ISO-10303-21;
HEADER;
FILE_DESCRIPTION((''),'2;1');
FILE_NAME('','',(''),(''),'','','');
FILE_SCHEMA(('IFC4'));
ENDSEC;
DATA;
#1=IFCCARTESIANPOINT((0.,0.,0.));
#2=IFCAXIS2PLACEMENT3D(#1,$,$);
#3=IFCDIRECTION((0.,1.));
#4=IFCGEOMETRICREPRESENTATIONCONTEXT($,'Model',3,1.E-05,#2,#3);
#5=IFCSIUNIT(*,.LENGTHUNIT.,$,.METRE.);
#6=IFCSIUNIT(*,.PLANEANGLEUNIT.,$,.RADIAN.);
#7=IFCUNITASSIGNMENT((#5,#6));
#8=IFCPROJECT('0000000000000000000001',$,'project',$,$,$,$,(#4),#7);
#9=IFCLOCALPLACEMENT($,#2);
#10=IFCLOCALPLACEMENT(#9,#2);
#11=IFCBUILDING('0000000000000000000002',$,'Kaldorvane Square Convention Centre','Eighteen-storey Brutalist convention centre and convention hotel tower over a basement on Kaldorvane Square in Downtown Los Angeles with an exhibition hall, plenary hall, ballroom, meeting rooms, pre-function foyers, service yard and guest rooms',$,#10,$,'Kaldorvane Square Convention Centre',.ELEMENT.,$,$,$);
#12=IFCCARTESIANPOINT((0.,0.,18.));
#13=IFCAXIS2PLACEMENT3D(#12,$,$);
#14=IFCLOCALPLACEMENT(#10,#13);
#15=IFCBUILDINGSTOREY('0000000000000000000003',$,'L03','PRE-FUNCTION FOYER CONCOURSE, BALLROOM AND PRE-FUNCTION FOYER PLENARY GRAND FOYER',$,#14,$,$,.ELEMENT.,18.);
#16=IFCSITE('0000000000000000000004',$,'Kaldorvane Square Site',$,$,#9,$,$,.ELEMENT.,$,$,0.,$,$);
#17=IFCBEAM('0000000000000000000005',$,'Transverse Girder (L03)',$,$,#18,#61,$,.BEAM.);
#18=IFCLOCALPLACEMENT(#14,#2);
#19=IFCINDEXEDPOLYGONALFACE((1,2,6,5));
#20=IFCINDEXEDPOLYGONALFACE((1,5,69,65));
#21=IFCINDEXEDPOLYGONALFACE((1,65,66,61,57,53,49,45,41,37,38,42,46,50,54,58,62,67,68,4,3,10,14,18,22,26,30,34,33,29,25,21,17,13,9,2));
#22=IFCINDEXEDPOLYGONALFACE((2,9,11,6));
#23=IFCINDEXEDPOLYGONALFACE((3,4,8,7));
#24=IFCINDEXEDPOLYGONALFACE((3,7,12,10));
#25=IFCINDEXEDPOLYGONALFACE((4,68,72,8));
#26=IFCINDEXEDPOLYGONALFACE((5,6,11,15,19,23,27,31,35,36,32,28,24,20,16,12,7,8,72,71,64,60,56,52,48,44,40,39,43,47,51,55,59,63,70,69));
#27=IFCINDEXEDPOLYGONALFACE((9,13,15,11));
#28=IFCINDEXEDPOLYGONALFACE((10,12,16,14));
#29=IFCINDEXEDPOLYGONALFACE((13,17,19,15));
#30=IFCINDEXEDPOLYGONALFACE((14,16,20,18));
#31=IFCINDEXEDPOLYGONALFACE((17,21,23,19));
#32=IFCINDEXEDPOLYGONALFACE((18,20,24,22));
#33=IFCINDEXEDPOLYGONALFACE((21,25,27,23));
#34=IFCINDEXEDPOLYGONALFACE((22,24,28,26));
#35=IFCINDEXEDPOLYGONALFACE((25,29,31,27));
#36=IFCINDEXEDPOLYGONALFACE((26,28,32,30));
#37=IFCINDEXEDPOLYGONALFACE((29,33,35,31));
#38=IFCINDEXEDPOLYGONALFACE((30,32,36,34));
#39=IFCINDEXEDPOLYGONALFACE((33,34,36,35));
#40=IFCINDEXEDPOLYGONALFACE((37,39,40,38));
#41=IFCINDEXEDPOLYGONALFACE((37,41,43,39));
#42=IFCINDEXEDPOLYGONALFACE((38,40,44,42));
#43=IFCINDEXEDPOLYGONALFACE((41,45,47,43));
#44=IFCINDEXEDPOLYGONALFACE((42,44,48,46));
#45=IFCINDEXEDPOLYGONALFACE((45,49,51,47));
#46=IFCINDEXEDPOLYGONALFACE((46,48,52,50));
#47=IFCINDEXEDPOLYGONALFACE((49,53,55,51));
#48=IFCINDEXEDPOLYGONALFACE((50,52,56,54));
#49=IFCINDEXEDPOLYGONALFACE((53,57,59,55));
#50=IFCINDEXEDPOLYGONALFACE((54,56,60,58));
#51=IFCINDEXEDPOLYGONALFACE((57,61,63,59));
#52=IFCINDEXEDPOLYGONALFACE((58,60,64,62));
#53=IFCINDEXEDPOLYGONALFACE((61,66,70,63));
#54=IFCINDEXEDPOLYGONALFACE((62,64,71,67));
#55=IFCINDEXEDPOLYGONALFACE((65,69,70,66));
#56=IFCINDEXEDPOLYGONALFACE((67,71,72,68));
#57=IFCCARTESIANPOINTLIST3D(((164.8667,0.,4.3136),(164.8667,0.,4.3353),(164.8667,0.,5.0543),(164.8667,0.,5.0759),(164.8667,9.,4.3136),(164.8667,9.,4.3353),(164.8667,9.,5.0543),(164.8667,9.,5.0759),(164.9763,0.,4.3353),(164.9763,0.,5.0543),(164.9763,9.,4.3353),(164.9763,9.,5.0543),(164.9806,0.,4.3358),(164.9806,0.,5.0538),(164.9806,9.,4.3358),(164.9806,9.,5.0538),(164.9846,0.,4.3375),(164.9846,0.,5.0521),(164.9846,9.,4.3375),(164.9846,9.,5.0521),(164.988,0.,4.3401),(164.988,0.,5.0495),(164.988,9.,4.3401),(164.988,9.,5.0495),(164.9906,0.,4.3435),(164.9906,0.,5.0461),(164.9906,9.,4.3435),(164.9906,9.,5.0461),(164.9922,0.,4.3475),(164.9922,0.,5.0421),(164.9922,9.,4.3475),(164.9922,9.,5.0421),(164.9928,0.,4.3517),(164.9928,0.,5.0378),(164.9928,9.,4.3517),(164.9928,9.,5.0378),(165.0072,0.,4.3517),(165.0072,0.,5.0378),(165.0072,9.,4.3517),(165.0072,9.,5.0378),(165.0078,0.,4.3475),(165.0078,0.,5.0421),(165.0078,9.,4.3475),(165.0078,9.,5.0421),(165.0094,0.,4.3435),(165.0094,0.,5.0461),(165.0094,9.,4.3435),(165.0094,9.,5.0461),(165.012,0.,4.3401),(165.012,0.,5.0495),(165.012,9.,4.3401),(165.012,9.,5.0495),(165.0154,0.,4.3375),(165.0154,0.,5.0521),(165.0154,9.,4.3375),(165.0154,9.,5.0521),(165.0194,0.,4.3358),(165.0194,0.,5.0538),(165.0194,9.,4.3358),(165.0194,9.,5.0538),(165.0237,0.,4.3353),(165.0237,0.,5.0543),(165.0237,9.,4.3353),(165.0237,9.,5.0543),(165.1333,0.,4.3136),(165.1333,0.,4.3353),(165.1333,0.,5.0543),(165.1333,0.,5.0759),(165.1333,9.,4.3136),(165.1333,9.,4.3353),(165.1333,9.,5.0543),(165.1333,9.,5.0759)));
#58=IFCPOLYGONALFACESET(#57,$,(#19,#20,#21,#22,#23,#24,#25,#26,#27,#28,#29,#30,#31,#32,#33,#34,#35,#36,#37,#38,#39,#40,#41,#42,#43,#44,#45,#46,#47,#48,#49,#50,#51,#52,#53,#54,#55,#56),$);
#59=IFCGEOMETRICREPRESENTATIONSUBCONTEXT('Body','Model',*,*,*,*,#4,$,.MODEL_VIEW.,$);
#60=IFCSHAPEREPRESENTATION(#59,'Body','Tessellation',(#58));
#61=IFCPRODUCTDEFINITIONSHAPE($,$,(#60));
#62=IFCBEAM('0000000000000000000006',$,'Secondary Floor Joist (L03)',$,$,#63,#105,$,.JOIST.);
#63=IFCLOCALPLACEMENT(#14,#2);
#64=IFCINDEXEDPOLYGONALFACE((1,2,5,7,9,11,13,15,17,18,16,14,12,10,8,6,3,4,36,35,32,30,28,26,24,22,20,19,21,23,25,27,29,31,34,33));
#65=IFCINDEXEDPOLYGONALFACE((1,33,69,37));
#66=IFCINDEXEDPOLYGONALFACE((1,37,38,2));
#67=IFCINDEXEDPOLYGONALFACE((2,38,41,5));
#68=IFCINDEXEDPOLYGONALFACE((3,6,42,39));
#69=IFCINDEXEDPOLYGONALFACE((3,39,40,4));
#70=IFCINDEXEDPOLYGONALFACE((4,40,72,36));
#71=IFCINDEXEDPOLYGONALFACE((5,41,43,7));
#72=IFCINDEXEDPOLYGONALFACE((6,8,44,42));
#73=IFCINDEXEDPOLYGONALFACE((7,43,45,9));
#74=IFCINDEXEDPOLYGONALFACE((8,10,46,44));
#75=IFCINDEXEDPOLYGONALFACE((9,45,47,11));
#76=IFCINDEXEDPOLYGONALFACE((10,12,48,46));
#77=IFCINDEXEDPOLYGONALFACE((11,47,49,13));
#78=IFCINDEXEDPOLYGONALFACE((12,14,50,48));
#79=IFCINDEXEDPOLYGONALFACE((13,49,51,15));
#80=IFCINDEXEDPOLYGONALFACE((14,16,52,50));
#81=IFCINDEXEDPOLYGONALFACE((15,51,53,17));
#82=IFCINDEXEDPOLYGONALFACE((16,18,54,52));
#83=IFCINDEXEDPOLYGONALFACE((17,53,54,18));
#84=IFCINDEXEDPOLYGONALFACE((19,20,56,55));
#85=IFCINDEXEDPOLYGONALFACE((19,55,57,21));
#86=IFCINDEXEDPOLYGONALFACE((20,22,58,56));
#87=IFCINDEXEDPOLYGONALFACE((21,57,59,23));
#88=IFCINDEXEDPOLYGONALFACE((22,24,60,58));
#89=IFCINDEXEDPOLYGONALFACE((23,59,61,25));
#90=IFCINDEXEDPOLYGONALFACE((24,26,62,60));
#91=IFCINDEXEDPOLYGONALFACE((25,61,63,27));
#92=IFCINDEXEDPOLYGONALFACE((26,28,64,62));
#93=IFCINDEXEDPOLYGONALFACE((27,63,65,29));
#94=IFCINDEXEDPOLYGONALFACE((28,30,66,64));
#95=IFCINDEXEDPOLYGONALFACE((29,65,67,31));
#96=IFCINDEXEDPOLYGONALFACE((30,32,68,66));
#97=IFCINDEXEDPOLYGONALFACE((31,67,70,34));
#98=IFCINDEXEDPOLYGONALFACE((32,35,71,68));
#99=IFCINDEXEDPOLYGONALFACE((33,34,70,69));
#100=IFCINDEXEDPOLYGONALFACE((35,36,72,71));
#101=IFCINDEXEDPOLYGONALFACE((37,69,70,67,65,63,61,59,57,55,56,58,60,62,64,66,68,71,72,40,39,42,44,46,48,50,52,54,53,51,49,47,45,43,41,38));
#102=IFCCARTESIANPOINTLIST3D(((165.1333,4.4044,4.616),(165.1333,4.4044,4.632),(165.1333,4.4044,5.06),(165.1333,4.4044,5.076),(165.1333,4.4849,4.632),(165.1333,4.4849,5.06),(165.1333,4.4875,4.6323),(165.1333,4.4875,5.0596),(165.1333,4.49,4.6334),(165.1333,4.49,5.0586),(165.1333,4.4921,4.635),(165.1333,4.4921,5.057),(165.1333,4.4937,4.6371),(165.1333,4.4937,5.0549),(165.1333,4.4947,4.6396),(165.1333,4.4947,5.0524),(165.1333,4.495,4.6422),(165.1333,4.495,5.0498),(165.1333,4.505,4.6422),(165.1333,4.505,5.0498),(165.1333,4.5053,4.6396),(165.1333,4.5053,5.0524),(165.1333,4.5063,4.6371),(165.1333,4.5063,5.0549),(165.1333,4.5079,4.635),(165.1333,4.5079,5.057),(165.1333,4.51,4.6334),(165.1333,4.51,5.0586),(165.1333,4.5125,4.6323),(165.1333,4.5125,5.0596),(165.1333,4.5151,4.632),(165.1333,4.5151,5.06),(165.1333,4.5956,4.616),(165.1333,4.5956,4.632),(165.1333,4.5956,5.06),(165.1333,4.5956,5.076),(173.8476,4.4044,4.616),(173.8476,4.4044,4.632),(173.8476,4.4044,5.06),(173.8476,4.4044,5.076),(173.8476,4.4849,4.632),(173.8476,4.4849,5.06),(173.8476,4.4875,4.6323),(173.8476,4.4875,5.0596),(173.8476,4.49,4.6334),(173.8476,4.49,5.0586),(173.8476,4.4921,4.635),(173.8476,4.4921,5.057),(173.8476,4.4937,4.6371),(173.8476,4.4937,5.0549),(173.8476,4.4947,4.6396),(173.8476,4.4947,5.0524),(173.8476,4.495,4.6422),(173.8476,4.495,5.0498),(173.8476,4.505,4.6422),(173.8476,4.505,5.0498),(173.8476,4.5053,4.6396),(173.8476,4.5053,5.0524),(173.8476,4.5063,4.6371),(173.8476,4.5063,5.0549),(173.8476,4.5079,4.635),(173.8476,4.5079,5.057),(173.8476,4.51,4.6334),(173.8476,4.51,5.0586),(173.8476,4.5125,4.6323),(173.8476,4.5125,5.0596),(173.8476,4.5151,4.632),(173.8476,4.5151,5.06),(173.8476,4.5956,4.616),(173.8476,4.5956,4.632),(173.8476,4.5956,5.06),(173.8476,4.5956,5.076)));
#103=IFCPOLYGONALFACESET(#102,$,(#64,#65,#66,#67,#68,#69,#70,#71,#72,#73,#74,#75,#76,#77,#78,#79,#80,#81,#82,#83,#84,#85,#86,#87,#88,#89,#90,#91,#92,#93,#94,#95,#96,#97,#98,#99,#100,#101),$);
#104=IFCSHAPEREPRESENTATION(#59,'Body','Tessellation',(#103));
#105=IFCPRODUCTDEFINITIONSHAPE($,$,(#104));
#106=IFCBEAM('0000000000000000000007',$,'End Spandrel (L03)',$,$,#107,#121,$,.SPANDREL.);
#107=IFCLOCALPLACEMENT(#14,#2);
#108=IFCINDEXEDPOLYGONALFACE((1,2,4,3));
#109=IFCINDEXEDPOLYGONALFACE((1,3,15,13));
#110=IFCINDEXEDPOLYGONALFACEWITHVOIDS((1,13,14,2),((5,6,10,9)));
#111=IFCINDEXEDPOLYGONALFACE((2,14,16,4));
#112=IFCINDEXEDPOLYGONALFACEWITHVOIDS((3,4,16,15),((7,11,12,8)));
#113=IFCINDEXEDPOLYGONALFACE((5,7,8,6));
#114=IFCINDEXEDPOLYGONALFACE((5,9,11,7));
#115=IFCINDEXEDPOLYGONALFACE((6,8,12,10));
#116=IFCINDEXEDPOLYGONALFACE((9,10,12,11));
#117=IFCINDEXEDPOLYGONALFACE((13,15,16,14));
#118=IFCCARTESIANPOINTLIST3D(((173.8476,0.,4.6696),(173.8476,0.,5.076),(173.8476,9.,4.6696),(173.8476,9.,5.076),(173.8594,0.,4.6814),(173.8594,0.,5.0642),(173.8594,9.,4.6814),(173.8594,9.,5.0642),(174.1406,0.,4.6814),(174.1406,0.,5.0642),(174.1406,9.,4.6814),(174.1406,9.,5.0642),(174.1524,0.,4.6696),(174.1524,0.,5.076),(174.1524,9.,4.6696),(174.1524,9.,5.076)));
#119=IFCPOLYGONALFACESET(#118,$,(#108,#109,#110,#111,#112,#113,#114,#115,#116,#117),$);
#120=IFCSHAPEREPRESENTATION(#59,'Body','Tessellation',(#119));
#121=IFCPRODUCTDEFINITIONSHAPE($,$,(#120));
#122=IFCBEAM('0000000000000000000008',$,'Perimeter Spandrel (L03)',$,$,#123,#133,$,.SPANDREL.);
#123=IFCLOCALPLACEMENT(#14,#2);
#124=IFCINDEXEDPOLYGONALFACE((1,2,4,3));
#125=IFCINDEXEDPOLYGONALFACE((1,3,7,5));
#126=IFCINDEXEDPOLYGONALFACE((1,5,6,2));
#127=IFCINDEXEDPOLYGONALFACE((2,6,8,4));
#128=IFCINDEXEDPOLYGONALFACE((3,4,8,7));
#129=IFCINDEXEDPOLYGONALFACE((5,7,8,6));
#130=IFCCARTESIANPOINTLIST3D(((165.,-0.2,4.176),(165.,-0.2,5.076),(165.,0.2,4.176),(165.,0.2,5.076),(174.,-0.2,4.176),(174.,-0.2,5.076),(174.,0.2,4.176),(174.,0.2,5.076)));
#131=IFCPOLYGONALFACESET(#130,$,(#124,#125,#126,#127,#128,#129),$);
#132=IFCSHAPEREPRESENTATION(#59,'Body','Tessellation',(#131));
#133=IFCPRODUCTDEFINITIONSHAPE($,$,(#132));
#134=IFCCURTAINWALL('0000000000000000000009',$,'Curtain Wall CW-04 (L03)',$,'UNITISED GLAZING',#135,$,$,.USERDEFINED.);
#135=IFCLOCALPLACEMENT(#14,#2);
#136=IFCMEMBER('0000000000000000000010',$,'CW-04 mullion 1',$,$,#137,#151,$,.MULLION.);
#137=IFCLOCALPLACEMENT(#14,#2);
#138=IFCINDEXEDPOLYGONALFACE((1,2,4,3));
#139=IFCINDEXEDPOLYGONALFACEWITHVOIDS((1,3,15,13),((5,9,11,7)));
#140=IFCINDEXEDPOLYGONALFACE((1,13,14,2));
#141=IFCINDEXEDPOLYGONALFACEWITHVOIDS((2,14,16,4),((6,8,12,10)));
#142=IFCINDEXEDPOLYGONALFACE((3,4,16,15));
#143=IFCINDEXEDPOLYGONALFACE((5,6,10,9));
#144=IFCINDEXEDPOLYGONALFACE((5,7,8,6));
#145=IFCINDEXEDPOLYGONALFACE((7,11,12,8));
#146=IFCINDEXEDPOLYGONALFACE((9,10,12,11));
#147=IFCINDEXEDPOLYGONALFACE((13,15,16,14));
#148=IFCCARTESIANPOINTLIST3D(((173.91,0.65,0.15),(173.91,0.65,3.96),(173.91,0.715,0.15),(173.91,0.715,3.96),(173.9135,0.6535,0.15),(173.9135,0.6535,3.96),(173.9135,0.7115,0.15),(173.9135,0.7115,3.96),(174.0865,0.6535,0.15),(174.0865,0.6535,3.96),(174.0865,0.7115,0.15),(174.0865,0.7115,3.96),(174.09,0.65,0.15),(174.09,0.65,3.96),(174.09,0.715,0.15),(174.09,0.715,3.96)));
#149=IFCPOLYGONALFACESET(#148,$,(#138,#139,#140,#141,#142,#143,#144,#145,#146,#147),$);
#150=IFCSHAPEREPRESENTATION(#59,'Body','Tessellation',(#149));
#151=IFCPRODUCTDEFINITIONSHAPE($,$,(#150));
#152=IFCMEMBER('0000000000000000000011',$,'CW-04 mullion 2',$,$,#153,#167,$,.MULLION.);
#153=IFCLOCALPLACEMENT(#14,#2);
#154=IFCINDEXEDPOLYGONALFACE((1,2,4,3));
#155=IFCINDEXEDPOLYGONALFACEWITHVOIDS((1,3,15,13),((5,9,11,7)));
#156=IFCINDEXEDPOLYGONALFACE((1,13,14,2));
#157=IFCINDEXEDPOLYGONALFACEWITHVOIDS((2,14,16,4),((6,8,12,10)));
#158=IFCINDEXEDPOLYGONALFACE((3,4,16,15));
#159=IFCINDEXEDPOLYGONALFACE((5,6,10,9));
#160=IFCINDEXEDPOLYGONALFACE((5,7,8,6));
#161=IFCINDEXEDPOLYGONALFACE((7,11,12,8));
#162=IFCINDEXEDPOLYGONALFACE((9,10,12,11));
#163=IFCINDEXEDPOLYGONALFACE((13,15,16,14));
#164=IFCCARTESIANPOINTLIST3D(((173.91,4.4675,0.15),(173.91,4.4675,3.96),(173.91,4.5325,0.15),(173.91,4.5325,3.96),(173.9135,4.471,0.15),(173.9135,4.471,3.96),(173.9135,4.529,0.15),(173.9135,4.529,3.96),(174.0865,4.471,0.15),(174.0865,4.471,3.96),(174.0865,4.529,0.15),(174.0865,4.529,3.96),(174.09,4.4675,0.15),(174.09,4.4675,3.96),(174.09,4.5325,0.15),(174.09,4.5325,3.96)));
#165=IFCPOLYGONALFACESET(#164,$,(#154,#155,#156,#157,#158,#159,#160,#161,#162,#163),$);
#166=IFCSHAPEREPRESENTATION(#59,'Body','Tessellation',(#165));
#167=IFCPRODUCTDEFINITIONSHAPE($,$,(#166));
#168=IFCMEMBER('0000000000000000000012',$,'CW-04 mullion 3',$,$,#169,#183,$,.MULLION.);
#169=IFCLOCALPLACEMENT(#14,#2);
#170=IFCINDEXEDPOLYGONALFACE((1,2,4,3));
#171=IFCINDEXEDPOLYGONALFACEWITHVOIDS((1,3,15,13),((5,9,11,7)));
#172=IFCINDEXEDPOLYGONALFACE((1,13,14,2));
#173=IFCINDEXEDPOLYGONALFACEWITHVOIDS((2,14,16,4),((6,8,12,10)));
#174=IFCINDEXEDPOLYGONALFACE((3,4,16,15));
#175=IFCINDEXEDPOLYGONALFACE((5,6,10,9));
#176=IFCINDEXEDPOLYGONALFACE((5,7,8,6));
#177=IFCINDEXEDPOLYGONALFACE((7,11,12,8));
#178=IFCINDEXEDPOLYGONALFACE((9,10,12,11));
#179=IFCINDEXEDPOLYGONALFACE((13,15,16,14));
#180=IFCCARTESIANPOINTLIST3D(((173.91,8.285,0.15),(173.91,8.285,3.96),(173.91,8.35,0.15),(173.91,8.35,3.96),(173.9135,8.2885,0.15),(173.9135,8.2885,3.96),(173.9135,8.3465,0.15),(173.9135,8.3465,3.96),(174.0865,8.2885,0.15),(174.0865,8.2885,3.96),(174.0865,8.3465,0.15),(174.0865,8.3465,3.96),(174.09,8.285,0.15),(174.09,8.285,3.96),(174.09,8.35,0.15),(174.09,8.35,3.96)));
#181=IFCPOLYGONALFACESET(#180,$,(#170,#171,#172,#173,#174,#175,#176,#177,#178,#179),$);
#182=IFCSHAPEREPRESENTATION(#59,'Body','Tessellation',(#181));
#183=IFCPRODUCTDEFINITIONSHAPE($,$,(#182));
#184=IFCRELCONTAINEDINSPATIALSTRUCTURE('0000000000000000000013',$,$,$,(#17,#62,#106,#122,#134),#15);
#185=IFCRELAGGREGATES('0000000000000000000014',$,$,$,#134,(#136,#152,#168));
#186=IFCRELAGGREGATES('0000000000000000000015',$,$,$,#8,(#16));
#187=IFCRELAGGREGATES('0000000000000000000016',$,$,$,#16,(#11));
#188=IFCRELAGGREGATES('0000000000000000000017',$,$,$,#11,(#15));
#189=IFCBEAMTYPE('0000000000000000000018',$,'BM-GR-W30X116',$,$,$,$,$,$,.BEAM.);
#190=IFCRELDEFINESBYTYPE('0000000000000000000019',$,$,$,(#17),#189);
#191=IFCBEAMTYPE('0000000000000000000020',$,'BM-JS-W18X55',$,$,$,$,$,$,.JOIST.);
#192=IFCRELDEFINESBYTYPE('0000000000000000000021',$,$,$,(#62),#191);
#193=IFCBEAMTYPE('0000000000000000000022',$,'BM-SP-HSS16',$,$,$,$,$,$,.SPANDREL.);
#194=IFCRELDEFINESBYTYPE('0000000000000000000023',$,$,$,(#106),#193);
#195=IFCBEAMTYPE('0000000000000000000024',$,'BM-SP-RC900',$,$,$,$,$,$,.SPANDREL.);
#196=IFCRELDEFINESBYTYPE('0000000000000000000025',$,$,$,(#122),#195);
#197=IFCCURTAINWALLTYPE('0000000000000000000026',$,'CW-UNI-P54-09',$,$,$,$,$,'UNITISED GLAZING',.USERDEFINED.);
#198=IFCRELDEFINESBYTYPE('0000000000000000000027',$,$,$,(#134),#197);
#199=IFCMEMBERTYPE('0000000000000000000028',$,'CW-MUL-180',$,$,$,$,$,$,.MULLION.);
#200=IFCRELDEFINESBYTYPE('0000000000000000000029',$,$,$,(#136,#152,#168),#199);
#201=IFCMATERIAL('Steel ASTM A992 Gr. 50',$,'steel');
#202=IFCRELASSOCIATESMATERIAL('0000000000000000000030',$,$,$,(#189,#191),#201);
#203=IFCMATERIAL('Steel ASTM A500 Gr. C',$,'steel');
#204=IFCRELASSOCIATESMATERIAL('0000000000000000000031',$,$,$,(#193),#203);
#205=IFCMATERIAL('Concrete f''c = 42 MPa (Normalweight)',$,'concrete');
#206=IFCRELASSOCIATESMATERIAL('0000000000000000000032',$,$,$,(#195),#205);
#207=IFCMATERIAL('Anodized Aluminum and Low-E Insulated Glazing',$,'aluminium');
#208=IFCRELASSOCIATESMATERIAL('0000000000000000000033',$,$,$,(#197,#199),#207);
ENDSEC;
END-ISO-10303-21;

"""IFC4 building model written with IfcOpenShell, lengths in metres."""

from ifc_helpers import new_model, si_unit, direction, frame, origin, origin_2d, place, context, subcontext, project, spatial, rectangle, hollow_rectangle, i_section, extrude, material, material_profile, profile_set, type_object, element, aggregate, save


model = new_model("IFC4")

# Units and contexts
model_context = context("Model", 3, precision=1e-05, world=origin(), true_north=direction((0.0, 1.0)))
body_context = subcontext(model_context, "Body", "Model", "MODEL_VIEW")
ifc_project = project(units=[si_unit("LENGTHUNIT", "METRE"), si_unit("PLANEANGLEUNIT", "RADIAN")], contexts=[model_context])

# Site, building, storey
site_placement = place(None, origin())
site = spatial("IfcSite", under=ifc_project, at=site_placement, Name="Kaldorvane Square Site", CompositionType="ELEMENT", RefElevation=0.0)
building_placement = place(site_placement, origin())
building = spatial("IfcBuilding", under=site, at=building_placement, Name="Kaldorvane Square Convention Centre", Description="Eighteen-storey Brutalist convention centre and convention hotel tower over a basement on Kaldorvane Square in Downtown Los Angeles with an exhibition hall, plenary hall, ballroom, meeting rooms, pre-function foyers, service yard and guest rooms", LongName="Kaldorvane Square Convention Centre", CompositionType="ELEMENT")
storey_placement = place(building_placement, frame((0.0, 0.0, 18.0)))
storey = spatial("IfcBuildingStorey", under=building, at=storey_placement, Name="L03", Description="PRE-FUNCTION FOYER CONCOURSE, BALLROOM AND PRE-FUNCTION FOYER PLENARY GRAND FOYER", CompositionType="ELEMENT", Elevation=18.0)

# Shared definitions
ifc_material_1 = material(Name="Steel ASTM A992 Gr. 50", Category="steel")

# Beams
ifc_material_profile_1 = material_profile(ifc_material_1, i_section(OverallWidth=0.2666, OverallDepth=0.7623, WebThickness=0.0144, FlangeThickness=0.0216, FilletRadius=0.0165, at=origin_2d()), Name="W30X116")
ifc_profile_set_1 = profile_set([ifc_material_profile_1], Name="Steel ASTM A992 Gr. 50")
beam_type_1 = type_object("IfcBeamType", Name="BM-GR-W30X116", PredefinedType="BEAM", material=ifc_profile_set_1)
beam_1_placement = place(storey_placement, frame((165.0, 0.0, 4.6948), z_axis=(0.0, 1.0, 0.0), x_axis=(-1.0, 0.0, 0.0)))
element("IfcBeam", 1, at=beam_1_placement, inside=storey, type_object=beam_type_1, Name="Transverse Girder (L03)", PredefinedType="BEAM", context=body_context, shape_type="SweptSolid", body=[
    extrude(i_section(OverallWidth=0.2666, OverallDepth=0.7623, WebThickness=0.0144, FlangeThickness=0.0216, FilletRadius=0.0165, at=origin_2d()), origin(), (0.0, 0.0, 1.0), 9.0),
])
ifc_material_profile_2 = material_profile(ifc_material_1, i_section(OverallWidth=0.1913, OverallDepth=0.46, WebThickness=0.0099, FlangeThickness=0.016, FilletRadius=0.0102, at=origin_2d()), Name="W18X55")
ifc_profile_set_2 = profile_set([ifc_material_profile_2], Name="Steel ASTM A992 Gr. 50")
beam_type_2 = type_object("IfcBeamType", Name="BM-JS-W18X55", PredefinedType="JOIST", material=ifc_profile_set_2)
beam_2_placement = place(storey_placement, frame((165.1333, 4.5, 4.846), z_axis=(1.0, 0.0, 0.0), x_axis=(0.0, 1.0, 0.0)))
element("IfcBeam", 2, at=beam_2_placement, inside=storey, type_object=beam_type_2, Name="Secondary Floor Joist (L03)", PredefinedType="JOIST", context=body_context, shape_type="SweptSolid", body=[
    extrude(i_section(OverallWidth=0.1913, OverallDepth=0.46, WebThickness=0.0099, FlangeThickness=0.016, FilletRadius=0.0102, at=origin_2d()), origin(), (0.0, 0.0, 1.0), 8.7143),
])
ifc_material_2 = material(Name="Steel ASTM A500 Gr. C", Category="steel")
ifc_material_profile_3 = material_profile(ifc_material_2, hollow_rectangle(XDim=0.3048, YDim=0.4064, WallThickness=0.0118, at=origin_2d()), Name="HSS16X12X1/2")
ifc_profile_set_3 = profile_set([ifc_material_profile_3], Name="Steel ASTM A500 Gr. C")
beam_type_3 = type_object("IfcBeamType", Name="BM-SP-HSS16", PredefinedType="SPANDREL", material=ifc_profile_set_3)
beam_3_placement = place(storey_placement, frame((174.0, 0.0, 4.8728), z_axis=(0.0, 1.0, 0.0), x_axis=(-1.0, 0.0, 0.0)))
element("IfcBeam", 3, at=beam_3_placement, inside=storey, type_object=beam_type_3, Name="End Spandrel (L03)", PredefinedType="SPANDREL", context=body_context, shape_type="SweptSolid", body=[
    extrude(hollow_rectangle(XDim=0.3048, YDim=0.4064, WallThickness=0.0118, at=origin_2d()), origin(), (0.0, 0.0, 1.0), 9.0),
])
ifc_material_3 = material(Name="Concrete f'c = 42 MPa (Normalweight)", Category="concrete")
ifc_material_profile_4 = material_profile(ifc_material_3, rectangle(XDim=0.4, YDim=0.9, at=origin_2d()), Name="RCSP900X400")
ifc_profile_set_4 = profile_set([ifc_material_profile_4], Name="Concrete f'c = 42 MPa (Normalweight)")
beam_type_4 = type_object("IfcBeamType", Name="BM-SP-RC900", PredefinedType="SPANDREL", material=ifc_profile_set_4)
beam_4_placement = place(storey_placement, frame((165.0, 0.0, 4.626), z_axis=(1.0, 0.0, 0.0), x_axis=(0.0, 1.0, 0.0)))
element("IfcBeam", 4, at=beam_4_placement, inside=storey, type_object=beam_type_4, Name="Perimeter Spandrel (L03)", PredefinedType="SPANDREL", context=body_context, shape_type="SweptSolid", body=[
    extrude(rectangle(XDim=0.4, YDim=0.9, at=origin_2d()), origin(), (0.0, 0.0, 1.0), 9.0),
])

# Curtain wall, members
ifc_material_4 = material(Name="Anodized Aluminum and Low-E Insulated Glazing", Category="aluminium")
curtain_wall_type_1 = type_object("IfcCurtainWallType", Name="CW-UNI-P54-09", ElementType="UNITISED GLAZING", PredefinedType="USERDEFINED", material=ifc_material_4)
curtain_wall_1_placement = place(storey_placement, origin())
curtain_wall_1 = element("IfcCurtainWall", 5, at=curtain_wall_1_placement, inside=storey, type_object=curtain_wall_type_1, Name="Curtain Wall CW-04 (L03)", ObjectType="UNITISED GLAZING", PredefinedType="USERDEFINED")
ifc_material_profile_5 = material_profile(ifc_material_4, hollow_rectangle(XDim=0.065, YDim=0.18, WallThickness=0.0035, at=origin_2d()), Name="CWM-180X65")
ifc_profile_set_5 = profile_set([ifc_material_profile_5], Name="Anodized Aluminum and Low-E Insulated Glazing")
member_type_1 = type_object("IfcMemberType", Name="CW-MUL-180", PredefinedType="MULLION", material=ifc_profile_set_5)
member_1_placement = place(storey_placement, frame((174.0, 0.6825, 0.15), z_axis=(0.0, 0.0, 1.0), x_axis=(0.0, 1.0, 0.0)))
member_1 = element("IfcMember", 6, at=member_1_placement, type_object=member_type_1, Name="CW-04 mullion 1", PredefinedType="MULLION", context=body_context, shape_type="SweptSolid", body=[
    extrude(hollow_rectangle(XDim=0.065, YDim=0.18, WallThickness=0.0035, at=origin_2d()), origin(), (0.0, 0.0, 1.0), 3.81),
])
member_2_placement = place(storey_placement, frame((174.0, 4.5, 0.15), z_axis=(0.0, 0.0, 1.0), x_axis=(0.0, 1.0, 0.0)))
member_2 = element("IfcMember", 7, at=member_2_placement, type_object=member_type_1, Name="CW-04 mullion 2", PredefinedType="MULLION", context=body_context, shape_type="SweptSolid", body=[
    extrude(hollow_rectangle(XDim=0.065, YDim=0.18, WallThickness=0.0035, at=origin_2d()), origin(), (0.0, 0.0, 1.0), 3.81),
])
member_3_placement = place(storey_placement, frame((174.0, 8.3175, 0.15), z_axis=(0.0, 0.0, 1.0), x_axis=(0.0, 1.0, 0.0)))
member_3 = element("IfcMember", 8, at=member_3_placement, type_object=member_type_1, Name="CW-04 mullion 3", PredefinedType="MULLION", context=body_context, shape_type="SweptSolid", body=[
    extrude(hollow_rectangle(XDim=0.065, YDim=0.18, WallThickness=0.0035, at=origin_2d()), origin(), (0.0, 0.0, 1.0), 3.81),
])

aggregate(curtain_wall_1, [member_1, member_2, member_3])

save(model, "model.ifc")
